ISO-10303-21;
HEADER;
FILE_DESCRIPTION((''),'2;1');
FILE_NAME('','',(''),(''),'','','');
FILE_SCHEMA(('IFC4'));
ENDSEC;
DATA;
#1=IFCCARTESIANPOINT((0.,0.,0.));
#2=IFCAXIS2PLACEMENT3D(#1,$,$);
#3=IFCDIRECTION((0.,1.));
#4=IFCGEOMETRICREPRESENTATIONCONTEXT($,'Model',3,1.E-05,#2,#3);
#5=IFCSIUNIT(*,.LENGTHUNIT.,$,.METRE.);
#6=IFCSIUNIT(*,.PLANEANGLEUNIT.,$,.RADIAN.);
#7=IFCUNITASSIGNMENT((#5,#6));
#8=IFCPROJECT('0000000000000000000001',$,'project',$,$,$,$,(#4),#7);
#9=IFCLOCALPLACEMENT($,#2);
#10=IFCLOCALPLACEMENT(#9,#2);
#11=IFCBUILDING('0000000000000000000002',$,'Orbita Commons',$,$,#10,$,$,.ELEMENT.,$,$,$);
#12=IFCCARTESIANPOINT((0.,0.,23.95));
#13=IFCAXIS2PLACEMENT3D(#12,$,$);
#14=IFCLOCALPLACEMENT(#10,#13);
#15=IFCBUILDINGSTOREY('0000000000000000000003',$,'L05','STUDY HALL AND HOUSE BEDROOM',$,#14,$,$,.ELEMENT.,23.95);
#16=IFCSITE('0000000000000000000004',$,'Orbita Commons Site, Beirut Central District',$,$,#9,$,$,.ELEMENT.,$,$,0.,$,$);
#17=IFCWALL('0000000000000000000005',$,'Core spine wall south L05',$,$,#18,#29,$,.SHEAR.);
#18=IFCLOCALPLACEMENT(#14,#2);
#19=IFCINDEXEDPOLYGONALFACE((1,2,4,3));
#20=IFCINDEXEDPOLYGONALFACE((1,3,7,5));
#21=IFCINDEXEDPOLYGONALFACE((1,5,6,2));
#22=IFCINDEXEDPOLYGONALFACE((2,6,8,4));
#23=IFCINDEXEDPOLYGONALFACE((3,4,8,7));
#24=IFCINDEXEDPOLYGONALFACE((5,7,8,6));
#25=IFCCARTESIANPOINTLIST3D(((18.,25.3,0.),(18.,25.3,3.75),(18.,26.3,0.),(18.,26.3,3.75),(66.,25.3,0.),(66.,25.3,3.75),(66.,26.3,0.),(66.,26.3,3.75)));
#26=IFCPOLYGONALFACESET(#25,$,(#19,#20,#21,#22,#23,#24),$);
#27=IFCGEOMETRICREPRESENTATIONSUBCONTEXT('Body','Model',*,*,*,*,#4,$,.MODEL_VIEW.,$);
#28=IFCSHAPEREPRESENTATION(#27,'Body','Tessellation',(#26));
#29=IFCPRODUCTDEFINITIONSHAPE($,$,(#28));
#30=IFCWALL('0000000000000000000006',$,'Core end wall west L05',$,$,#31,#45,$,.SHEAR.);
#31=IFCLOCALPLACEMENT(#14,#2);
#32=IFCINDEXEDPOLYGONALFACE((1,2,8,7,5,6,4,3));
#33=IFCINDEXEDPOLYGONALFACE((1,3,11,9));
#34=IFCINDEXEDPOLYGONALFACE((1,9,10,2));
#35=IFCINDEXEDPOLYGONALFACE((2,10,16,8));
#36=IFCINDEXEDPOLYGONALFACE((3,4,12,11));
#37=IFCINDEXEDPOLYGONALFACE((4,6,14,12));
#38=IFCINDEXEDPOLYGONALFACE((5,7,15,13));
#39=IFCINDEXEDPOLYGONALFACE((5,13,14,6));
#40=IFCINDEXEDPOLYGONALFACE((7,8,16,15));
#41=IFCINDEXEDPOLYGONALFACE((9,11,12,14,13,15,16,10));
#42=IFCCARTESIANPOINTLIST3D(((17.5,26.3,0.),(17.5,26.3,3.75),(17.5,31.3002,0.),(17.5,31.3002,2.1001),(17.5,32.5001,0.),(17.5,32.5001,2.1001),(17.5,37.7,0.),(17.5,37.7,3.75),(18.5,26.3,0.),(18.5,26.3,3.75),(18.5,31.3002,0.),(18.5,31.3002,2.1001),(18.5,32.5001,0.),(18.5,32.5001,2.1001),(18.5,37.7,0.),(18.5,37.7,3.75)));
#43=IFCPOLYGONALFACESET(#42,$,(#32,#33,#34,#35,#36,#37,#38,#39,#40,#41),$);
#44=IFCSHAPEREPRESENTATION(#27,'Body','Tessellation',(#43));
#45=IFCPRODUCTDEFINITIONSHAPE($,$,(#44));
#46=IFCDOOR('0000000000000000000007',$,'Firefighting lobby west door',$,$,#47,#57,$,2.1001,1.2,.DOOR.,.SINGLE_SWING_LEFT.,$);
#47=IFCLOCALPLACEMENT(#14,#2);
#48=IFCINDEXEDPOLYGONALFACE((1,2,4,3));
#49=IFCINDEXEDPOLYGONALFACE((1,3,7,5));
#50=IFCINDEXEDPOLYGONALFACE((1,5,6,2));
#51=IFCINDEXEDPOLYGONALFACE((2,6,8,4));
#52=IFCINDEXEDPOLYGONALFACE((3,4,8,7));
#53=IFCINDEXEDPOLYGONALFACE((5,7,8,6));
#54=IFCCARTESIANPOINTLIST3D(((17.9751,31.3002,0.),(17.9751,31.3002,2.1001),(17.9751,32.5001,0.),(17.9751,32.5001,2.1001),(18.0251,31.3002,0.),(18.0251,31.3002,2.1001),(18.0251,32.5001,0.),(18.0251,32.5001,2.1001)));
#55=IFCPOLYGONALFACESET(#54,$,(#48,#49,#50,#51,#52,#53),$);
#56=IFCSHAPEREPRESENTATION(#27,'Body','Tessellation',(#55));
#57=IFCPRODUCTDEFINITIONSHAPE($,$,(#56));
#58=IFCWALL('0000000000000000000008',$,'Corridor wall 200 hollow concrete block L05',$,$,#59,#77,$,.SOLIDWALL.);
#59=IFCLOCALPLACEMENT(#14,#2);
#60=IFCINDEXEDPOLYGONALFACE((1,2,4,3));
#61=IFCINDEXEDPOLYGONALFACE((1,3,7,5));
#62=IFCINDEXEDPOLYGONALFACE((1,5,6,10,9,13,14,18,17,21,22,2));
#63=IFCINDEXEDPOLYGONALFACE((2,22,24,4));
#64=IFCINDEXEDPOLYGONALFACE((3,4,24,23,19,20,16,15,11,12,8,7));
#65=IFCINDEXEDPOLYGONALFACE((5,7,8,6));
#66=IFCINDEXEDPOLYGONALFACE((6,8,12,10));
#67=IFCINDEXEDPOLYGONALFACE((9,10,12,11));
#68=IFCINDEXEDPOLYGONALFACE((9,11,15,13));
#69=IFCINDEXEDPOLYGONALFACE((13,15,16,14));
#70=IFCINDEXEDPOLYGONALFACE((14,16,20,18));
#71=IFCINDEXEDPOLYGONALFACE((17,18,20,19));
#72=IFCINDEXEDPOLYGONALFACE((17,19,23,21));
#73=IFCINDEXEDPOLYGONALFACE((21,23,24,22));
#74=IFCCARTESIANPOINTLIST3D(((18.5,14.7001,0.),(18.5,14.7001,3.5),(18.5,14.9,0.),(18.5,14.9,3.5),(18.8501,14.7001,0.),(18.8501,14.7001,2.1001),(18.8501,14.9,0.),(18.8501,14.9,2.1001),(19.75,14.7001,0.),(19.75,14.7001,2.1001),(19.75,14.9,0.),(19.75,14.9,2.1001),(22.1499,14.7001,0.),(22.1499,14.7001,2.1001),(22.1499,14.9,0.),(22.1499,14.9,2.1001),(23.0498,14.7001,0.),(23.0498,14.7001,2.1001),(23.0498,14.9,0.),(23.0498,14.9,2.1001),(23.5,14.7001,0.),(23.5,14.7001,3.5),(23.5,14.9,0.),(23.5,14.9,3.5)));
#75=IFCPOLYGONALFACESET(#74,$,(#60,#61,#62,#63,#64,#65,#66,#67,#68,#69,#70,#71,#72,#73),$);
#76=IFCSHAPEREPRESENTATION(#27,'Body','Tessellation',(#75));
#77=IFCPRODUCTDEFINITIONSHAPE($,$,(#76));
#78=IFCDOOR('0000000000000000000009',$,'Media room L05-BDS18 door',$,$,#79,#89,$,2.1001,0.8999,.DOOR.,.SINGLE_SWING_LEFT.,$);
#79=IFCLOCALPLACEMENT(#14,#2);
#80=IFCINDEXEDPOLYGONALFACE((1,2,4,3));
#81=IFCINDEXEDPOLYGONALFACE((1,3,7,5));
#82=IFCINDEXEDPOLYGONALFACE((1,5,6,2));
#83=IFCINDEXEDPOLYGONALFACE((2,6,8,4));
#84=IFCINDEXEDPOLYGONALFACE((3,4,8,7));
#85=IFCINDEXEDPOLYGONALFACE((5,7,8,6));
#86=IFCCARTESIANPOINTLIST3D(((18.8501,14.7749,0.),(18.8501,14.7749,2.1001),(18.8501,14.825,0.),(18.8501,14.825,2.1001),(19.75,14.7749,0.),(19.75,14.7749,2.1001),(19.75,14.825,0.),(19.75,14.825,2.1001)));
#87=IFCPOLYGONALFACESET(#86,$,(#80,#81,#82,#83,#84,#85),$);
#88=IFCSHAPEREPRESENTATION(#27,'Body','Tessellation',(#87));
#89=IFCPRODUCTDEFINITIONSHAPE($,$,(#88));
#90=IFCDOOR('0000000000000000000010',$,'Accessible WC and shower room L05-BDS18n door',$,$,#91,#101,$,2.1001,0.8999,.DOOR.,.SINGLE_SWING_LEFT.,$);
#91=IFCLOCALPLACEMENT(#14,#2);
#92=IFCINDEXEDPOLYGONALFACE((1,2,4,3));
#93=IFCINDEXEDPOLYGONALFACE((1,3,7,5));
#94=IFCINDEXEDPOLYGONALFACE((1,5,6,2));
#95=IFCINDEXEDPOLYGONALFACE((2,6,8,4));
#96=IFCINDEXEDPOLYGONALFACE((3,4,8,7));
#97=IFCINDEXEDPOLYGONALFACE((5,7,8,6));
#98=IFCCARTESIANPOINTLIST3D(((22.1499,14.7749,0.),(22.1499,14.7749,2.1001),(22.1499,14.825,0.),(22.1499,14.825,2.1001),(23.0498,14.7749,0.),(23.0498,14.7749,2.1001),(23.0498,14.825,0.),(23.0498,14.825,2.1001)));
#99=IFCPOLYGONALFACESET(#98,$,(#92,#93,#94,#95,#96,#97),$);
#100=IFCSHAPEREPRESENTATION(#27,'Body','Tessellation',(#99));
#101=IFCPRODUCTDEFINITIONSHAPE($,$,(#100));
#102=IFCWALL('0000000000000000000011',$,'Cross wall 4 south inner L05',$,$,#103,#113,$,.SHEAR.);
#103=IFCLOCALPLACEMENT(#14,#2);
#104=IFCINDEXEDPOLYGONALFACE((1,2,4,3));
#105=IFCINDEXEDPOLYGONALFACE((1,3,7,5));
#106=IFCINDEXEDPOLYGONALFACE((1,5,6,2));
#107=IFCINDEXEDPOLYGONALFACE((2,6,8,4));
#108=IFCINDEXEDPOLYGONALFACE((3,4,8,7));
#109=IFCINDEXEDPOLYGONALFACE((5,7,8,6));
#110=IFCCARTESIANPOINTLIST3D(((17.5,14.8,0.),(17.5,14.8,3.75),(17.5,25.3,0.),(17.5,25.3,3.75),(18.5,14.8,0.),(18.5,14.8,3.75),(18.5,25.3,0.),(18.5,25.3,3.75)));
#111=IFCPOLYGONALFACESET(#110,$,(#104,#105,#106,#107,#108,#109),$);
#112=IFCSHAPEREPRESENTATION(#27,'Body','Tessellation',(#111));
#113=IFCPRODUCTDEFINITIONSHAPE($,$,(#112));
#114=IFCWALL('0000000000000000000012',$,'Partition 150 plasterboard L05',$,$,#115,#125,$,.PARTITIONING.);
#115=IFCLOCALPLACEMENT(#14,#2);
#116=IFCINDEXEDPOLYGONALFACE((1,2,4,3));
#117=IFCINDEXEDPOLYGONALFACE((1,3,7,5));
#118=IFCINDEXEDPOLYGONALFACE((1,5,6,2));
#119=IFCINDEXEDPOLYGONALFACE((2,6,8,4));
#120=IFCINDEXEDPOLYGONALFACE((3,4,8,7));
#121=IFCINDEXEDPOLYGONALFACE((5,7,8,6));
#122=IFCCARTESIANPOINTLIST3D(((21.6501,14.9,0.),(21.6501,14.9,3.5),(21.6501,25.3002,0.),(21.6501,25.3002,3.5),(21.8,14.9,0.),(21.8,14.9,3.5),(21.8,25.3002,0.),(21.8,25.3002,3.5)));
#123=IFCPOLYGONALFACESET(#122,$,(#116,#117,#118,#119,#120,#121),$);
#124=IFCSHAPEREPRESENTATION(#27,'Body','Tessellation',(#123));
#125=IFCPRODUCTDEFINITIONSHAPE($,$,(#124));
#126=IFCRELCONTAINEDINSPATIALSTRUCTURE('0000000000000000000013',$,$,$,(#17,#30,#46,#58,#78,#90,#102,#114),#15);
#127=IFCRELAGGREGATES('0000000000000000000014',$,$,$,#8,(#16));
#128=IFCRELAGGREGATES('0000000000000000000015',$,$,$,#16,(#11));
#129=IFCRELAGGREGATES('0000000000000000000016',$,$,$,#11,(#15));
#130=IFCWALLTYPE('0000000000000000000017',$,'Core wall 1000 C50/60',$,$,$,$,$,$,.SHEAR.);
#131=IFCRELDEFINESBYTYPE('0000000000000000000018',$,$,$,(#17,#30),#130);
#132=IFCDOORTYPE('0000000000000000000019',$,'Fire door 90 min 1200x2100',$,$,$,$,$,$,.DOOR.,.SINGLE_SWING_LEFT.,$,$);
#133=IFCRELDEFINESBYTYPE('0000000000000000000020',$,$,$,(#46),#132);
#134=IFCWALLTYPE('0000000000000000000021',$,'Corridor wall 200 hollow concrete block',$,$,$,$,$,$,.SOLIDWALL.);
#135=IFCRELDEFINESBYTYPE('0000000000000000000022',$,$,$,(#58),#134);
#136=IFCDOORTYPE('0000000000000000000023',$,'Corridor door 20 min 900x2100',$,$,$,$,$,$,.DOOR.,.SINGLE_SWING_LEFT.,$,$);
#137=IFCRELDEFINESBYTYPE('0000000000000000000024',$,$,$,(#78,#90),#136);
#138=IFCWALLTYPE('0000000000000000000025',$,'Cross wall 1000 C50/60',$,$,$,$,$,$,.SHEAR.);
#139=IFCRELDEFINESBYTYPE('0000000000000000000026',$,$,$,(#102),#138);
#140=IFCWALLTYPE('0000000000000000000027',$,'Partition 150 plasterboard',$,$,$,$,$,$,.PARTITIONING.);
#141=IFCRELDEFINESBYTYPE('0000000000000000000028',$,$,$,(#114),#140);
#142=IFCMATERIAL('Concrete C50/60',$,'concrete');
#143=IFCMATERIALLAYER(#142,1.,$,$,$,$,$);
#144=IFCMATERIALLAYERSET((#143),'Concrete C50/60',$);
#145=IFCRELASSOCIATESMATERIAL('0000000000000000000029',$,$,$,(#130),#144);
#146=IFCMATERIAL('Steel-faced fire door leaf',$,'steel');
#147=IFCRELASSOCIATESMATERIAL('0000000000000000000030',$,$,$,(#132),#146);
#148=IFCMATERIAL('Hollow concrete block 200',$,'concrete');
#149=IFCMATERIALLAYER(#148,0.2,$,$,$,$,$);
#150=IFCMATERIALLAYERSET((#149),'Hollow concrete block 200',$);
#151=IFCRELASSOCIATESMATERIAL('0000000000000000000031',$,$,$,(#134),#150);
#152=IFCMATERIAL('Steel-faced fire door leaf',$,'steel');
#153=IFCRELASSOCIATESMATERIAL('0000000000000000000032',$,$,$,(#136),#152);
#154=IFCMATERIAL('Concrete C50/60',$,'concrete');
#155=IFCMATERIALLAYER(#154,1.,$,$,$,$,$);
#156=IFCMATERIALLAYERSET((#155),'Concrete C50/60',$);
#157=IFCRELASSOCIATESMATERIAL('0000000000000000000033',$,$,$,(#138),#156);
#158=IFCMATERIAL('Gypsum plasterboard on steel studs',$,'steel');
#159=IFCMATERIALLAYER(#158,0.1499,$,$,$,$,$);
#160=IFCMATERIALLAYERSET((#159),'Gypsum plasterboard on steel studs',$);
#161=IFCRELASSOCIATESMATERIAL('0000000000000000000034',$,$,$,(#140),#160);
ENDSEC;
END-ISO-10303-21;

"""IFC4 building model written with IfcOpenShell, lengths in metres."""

from ifc_helpers import new_model, si_unit, direction, frame, frame_2d, origin, place, context, subcontext, project, spatial, rectangle, extrude, material, layer, layer_set, type_object, element, fill, save


model = new_model("IFC4")

# Units and contexts
model_context = context("Model", 3, precision=1e-05, world=origin(), true_north=direction((0.0, 1.0)))
body_context = subcontext(model_context, "Body", "Model", "MODEL_VIEW")
ifc_project = project(units=[si_unit("LENGTHUNIT", "METRE"), si_unit("PLANEANGLEUNIT", "RADIAN")], contexts=[model_context])

# Site, building, storey
site_placement = place(None, origin())
site = spatial("IfcSite", under=ifc_project, at=site_placement, Name="Orbita Commons Site, Beirut Central District", CompositionType="ELEMENT", RefElevation=0.0)
building_placement = place(site_placement, origin())
building = spatial("IfcBuilding", under=site, at=building_placement, Name="Orbita Commons", CompositionType="ELEMENT")
storey_placement = place(building_placement, frame((0.0, 0.0, 23.95)))
storey = spatial("IfcBuildingStorey", under=building, at=storey_placement, Name="L05", Description="STUDY HALL AND HOUSE BEDROOM", CompositionType="ELEMENT", Elevation=23.95)

# Wall
ifc_material_1 = material(Name="Concrete C50/60", Category="concrete")
ifc_layer_1 = layer(ifc_material_1, 1.0)
ifc_layer_set_1 = layer_set([ifc_layer_1], Name="Concrete C50/60")
wall_type_1 = type_object("IfcWallType", Name="Core wall 1000 C50/60", PredefinedType="SHEAR", material=ifc_layer_set_1)
wall_1_placement = place(storey_placement, frame((18.0, 25.8, 0.0), z_axis=(0.0, 0.0, 1.0), x_axis=(1.0, 0.0, 0.0)))
element("IfcWall", 1, at=wall_1_placement, inside=storey, type_object=wall_type_1, Name="Core spine wall south L05", PredefinedType="SHEAR", context=body_context, shape_type="SweptSolid", body=[
    extrude(rectangle(XDim=48.0, YDim=1.0, at=frame_2d((24.0, 0.0))), origin(), (0.0, 0.0, 1.0), 3.75),
])

# Wall, opening, door
wall_2_placement = place(storey_placement, frame((18.0, 26.3, 0.0), z_axis=(0.0, 0.0, 1.0), x_axis=(0.0, 1.0, 0.0)))
wall_2 = element("IfcWall", 2, at=wall_2_placement, inside=storey, type_object=wall_type_1, Name="Core end wall west L05", PredefinedType="SHEAR", context=body_context, shape_type="SweptSolid", body=[
    extrude(rectangle(XDim=11.3999, YDim=1.0, at=frame_2d((5.7, 0.0))), origin(), (0.0, 0.0, 1.0), 3.75),
])
opening_1_placement = place(wall_2_placement, frame((5.0, 0.0, 0.0)))
opening_1 = element("IfcOpeningElement", 3, at=opening_1_placement, cuts=wall_2, PredefinedType="OPENING", context=body_context, shape_type="SweptSolid", body=[
    extrude(rectangle(XDim=1.2, YDim=2.1001, at=frame_2d((0.6001, 1.05))), frame((0.0, 0.51, 0.0), z_axis=(0.0, -1.0, 0.0), x_axis=(1.0, 0.0, 0.0)), (0.0, 0.0, 1.0), 1.02),
])
ifc_material_2 = material(Name="Steel-faced fire door leaf", Category="steel")
door_type_1 = type_object("IfcDoorType", Name="Fire door 90 min 1200x2100", OperationType="SINGLE_SWING_LEFT", PredefinedType="DOOR", material=ifc_material_2)
door_1_placement = place(opening_1_placement, origin())
door_1 = element("IfcDoor", 4, at=door_1_placement, inside=storey, type_object=door_type_1, Name="Firefighting lobby west door", OperationType="SINGLE_SWING_LEFT", OverallHeight=2.1001, OverallWidth=1.2, PredefinedType="DOOR", context=body_context, shape_type="SweptSolid", body=[
    extrude(rectangle(XDim=1.2, YDim=2.1001, at=frame_2d((0.6001, 1.05))), frame((0.0, 0.0249, 0.0), z_axis=(0.0, -1.0, 0.0), x_axis=(1.0, 0.0, 0.0)), (0.0, 0.0, 1.0), 0.05),
])
fill(opening_1, door_1)

# Wall, openings, doors
ifc_material_3 = material(Name="Hollow concrete block 200", Category="concrete")
ifc_layer_2 = layer(ifc_material_3, 0.2)
ifc_layer_set_2 = layer_set([ifc_layer_2], Name="Hollow concrete block 200")
wall_type_2 = type_object("IfcWallType", Name="Corridor wall 200 hollow concrete block", PredefinedType="SOLIDWALL", material=ifc_layer_set_2)
wall_3_placement = place(storey_placement, frame((18.5, 14.8, 0.0), z_axis=(0.0, 0.0, 1.0), x_axis=(1.0, 0.0, 0.0)))
wall_3 = element("IfcWall", 5, at=wall_3_placement, inside=storey, type_object=wall_type_2, Name="Corridor wall 200 hollow concrete block L05", PredefinedType="SOLIDWALL", context=body_context, shape_type="SweptSolid", body=[
    extrude(rectangle(XDim=5.0, YDim=0.2, at=frame_2d((2.5, 0.0))), origin(), (0.0, 0.0, 1.0), 3.5),
])
opening_2_placement = place(wall_3_placement, frame((0.3501, 0.0, 0.0)))
opening_2 = element("IfcOpeningElement", 6, at=opening_2_placement, cuts=wall_3, PredefinedType="OPENING", context=body_context, shape_type="SweptSolid", body=[
    extrude(rectangle(XDim=0.8999, YDim=2.1001, at=frame_2d((0.45, 1.05))), frame((0.0, 0.1099, 0.0), z_axis=(0.0, -1.0, 0.0), x_axis=(1.0, 0.0, 0.0)), (0.0, 0.0, 1.0), 0.22),
])
opening_3_placement = place(wall_3_placement, frame((3.6499, 0.0, 0.0)))
opening_3 = element("IfcOpeningElement", 7, at=opening_3_placement, cuts=wall_3, PredefinedType="OPENING", context=body_context, shape_type="SweptSolid", body=[
    extrude(rectangle(XDim=0.8999, YDim=2.1001, at=frame_2d((0.45, 1.05))), frame((0.0, 0.1099, 0.0), z_axis=(0.0, -1.0, 0.0), x_axis=(1.0, 0.0, 0.0)), (0.0, 0.0, 1.0), 0.22),
])
ifc_material_4 = material(Name="Steel-faced fire door leaf", Category="steel")
door_type_2 = type_object("IfcDoorType", Name="Corridor door 20 min 900x2100", OperationType="SINGLE_SWING_LEFT", PredefinedType="DOOR", material=ifc_material_4)
door_2_placement = place(opening_2_placement, origin())
door_2 = element("IfcDoor", 8, at=door_2_placement, inside=storey, type_object=door_type_2, Name="Media room L05-BDS18 door", OperationType="SINGLE_SWING_LEFT", OverallHeight=2.1001, OverallWidth=0.8999, PredefinedType="DOOR", context=body_context, shape_type="SweptSolid", body=[
    extrude(rectangle(XDim=0.8999, YDim=2.1001, at=frame_2d((0.45, 1.05))), frame((0.0, 0.0249, 0.0), z_axis=(0.0, -1.0, 0.0), x_axis=(1.0, 0.0, 0.0)), (0.0, 0.0, 1.0), 0.05),
])
fill(opening_2, door_2)
door_3_placement = place(opening_3_placement, origin())
door_3 = element("IfcDoor", 9, at=door_3_placement, inside=storey, type_object=door_type_2, Name="Accessible WC and shower room L05-BDS18n door", OperationType="SINGLE_SWING_LEFT", OverallHeight=2.1001, OverallWidth=0.8999, PredefinedType="DOOR", context=body_context, shape_type="SweptSolid", body=[
    extrude(rectangle(XDim=0.8999, YDim=2.1001, at=frame_2d((0.45, 1.05))), frame((0.0, 0.0249, 0.0), z_axis=(0.0, -1.0, 0.0), x_axis=(1.0, 0.0, 0.0)), (0.0, 0.0, 1.0), 0.05),
])
fill(opening_3, door_3)

# Walls
ifc_material_5 = material(Name="Concrete C50/60", Category="concrete")
ifc_layer_3 = layer(ifc_material_5, 1.0)
ifc_layer_set_3 = layer_set([ifc_layer_3], Name="Concrete C50/60")
wall_type_3 = type_object("IfcWallType", Name="Cross wall 1000 C50/60", PredefinedType="SHEAR", material=ifc_layer_set_3)
wall_4_placement = place(storey_placement, frame((18.0, 14.8, 0.0), z_axis=(0.0, 0.0, 1.0), x_axis=(0.0, 1.0, 0.0)))
element("IfcWall", 10, at=wall_4_placement, inside=storey, type_object=wall_type_3, Name="Cross wall 4 south inner L05", PredefinedType="SHEAR", context=body_context, shape_type="SweptSolid", body=[
    extrude(rectangle(XDim=10.5, YDim=1.0, at=frame_2d((5.25, 0.0))), origin(), (0.0, 0.0, 1.0), 3.75),
])
ifc_material_6 = material(Name="Gypsum plasterboard on steel studs", Category="steel")
ifc_layer_4 = layer(ifc_material_6, 0.1499)
ifc_layer_set_4 = layer_set([ifc_layer_4], Name="Gypsum plasterboard on steel studs")
wall_type_4 = type_object("IfcWallType", Name="Partition 150 plasterboard", PredefinedType="PARTITIONING", material=ifc_layer_set_4)
wall_5_placement = place(storey_placement, frame((21.7251, 14.8999, 0.0), z_axis=(0.0, 0.0, 1.0), x_axis=(0.0, 1.0, 0.0)))
element("IfcWall", 11, at=wall_5_placement, inside=storey, type_object=wall_type_4, Name="Partition 150 plasterboard L05", PredefinedType="PARTITIONING", context=body_context, shape_type="SweptSolid", body=[
    extrude(rectangle(XDim=10.4001, YDim=0.1499, at=frame_2d((5.2002, 0.0))), origin(), (0.0, 0.0, 1.0), 3.5),
])

save(model, "model.ifc")
